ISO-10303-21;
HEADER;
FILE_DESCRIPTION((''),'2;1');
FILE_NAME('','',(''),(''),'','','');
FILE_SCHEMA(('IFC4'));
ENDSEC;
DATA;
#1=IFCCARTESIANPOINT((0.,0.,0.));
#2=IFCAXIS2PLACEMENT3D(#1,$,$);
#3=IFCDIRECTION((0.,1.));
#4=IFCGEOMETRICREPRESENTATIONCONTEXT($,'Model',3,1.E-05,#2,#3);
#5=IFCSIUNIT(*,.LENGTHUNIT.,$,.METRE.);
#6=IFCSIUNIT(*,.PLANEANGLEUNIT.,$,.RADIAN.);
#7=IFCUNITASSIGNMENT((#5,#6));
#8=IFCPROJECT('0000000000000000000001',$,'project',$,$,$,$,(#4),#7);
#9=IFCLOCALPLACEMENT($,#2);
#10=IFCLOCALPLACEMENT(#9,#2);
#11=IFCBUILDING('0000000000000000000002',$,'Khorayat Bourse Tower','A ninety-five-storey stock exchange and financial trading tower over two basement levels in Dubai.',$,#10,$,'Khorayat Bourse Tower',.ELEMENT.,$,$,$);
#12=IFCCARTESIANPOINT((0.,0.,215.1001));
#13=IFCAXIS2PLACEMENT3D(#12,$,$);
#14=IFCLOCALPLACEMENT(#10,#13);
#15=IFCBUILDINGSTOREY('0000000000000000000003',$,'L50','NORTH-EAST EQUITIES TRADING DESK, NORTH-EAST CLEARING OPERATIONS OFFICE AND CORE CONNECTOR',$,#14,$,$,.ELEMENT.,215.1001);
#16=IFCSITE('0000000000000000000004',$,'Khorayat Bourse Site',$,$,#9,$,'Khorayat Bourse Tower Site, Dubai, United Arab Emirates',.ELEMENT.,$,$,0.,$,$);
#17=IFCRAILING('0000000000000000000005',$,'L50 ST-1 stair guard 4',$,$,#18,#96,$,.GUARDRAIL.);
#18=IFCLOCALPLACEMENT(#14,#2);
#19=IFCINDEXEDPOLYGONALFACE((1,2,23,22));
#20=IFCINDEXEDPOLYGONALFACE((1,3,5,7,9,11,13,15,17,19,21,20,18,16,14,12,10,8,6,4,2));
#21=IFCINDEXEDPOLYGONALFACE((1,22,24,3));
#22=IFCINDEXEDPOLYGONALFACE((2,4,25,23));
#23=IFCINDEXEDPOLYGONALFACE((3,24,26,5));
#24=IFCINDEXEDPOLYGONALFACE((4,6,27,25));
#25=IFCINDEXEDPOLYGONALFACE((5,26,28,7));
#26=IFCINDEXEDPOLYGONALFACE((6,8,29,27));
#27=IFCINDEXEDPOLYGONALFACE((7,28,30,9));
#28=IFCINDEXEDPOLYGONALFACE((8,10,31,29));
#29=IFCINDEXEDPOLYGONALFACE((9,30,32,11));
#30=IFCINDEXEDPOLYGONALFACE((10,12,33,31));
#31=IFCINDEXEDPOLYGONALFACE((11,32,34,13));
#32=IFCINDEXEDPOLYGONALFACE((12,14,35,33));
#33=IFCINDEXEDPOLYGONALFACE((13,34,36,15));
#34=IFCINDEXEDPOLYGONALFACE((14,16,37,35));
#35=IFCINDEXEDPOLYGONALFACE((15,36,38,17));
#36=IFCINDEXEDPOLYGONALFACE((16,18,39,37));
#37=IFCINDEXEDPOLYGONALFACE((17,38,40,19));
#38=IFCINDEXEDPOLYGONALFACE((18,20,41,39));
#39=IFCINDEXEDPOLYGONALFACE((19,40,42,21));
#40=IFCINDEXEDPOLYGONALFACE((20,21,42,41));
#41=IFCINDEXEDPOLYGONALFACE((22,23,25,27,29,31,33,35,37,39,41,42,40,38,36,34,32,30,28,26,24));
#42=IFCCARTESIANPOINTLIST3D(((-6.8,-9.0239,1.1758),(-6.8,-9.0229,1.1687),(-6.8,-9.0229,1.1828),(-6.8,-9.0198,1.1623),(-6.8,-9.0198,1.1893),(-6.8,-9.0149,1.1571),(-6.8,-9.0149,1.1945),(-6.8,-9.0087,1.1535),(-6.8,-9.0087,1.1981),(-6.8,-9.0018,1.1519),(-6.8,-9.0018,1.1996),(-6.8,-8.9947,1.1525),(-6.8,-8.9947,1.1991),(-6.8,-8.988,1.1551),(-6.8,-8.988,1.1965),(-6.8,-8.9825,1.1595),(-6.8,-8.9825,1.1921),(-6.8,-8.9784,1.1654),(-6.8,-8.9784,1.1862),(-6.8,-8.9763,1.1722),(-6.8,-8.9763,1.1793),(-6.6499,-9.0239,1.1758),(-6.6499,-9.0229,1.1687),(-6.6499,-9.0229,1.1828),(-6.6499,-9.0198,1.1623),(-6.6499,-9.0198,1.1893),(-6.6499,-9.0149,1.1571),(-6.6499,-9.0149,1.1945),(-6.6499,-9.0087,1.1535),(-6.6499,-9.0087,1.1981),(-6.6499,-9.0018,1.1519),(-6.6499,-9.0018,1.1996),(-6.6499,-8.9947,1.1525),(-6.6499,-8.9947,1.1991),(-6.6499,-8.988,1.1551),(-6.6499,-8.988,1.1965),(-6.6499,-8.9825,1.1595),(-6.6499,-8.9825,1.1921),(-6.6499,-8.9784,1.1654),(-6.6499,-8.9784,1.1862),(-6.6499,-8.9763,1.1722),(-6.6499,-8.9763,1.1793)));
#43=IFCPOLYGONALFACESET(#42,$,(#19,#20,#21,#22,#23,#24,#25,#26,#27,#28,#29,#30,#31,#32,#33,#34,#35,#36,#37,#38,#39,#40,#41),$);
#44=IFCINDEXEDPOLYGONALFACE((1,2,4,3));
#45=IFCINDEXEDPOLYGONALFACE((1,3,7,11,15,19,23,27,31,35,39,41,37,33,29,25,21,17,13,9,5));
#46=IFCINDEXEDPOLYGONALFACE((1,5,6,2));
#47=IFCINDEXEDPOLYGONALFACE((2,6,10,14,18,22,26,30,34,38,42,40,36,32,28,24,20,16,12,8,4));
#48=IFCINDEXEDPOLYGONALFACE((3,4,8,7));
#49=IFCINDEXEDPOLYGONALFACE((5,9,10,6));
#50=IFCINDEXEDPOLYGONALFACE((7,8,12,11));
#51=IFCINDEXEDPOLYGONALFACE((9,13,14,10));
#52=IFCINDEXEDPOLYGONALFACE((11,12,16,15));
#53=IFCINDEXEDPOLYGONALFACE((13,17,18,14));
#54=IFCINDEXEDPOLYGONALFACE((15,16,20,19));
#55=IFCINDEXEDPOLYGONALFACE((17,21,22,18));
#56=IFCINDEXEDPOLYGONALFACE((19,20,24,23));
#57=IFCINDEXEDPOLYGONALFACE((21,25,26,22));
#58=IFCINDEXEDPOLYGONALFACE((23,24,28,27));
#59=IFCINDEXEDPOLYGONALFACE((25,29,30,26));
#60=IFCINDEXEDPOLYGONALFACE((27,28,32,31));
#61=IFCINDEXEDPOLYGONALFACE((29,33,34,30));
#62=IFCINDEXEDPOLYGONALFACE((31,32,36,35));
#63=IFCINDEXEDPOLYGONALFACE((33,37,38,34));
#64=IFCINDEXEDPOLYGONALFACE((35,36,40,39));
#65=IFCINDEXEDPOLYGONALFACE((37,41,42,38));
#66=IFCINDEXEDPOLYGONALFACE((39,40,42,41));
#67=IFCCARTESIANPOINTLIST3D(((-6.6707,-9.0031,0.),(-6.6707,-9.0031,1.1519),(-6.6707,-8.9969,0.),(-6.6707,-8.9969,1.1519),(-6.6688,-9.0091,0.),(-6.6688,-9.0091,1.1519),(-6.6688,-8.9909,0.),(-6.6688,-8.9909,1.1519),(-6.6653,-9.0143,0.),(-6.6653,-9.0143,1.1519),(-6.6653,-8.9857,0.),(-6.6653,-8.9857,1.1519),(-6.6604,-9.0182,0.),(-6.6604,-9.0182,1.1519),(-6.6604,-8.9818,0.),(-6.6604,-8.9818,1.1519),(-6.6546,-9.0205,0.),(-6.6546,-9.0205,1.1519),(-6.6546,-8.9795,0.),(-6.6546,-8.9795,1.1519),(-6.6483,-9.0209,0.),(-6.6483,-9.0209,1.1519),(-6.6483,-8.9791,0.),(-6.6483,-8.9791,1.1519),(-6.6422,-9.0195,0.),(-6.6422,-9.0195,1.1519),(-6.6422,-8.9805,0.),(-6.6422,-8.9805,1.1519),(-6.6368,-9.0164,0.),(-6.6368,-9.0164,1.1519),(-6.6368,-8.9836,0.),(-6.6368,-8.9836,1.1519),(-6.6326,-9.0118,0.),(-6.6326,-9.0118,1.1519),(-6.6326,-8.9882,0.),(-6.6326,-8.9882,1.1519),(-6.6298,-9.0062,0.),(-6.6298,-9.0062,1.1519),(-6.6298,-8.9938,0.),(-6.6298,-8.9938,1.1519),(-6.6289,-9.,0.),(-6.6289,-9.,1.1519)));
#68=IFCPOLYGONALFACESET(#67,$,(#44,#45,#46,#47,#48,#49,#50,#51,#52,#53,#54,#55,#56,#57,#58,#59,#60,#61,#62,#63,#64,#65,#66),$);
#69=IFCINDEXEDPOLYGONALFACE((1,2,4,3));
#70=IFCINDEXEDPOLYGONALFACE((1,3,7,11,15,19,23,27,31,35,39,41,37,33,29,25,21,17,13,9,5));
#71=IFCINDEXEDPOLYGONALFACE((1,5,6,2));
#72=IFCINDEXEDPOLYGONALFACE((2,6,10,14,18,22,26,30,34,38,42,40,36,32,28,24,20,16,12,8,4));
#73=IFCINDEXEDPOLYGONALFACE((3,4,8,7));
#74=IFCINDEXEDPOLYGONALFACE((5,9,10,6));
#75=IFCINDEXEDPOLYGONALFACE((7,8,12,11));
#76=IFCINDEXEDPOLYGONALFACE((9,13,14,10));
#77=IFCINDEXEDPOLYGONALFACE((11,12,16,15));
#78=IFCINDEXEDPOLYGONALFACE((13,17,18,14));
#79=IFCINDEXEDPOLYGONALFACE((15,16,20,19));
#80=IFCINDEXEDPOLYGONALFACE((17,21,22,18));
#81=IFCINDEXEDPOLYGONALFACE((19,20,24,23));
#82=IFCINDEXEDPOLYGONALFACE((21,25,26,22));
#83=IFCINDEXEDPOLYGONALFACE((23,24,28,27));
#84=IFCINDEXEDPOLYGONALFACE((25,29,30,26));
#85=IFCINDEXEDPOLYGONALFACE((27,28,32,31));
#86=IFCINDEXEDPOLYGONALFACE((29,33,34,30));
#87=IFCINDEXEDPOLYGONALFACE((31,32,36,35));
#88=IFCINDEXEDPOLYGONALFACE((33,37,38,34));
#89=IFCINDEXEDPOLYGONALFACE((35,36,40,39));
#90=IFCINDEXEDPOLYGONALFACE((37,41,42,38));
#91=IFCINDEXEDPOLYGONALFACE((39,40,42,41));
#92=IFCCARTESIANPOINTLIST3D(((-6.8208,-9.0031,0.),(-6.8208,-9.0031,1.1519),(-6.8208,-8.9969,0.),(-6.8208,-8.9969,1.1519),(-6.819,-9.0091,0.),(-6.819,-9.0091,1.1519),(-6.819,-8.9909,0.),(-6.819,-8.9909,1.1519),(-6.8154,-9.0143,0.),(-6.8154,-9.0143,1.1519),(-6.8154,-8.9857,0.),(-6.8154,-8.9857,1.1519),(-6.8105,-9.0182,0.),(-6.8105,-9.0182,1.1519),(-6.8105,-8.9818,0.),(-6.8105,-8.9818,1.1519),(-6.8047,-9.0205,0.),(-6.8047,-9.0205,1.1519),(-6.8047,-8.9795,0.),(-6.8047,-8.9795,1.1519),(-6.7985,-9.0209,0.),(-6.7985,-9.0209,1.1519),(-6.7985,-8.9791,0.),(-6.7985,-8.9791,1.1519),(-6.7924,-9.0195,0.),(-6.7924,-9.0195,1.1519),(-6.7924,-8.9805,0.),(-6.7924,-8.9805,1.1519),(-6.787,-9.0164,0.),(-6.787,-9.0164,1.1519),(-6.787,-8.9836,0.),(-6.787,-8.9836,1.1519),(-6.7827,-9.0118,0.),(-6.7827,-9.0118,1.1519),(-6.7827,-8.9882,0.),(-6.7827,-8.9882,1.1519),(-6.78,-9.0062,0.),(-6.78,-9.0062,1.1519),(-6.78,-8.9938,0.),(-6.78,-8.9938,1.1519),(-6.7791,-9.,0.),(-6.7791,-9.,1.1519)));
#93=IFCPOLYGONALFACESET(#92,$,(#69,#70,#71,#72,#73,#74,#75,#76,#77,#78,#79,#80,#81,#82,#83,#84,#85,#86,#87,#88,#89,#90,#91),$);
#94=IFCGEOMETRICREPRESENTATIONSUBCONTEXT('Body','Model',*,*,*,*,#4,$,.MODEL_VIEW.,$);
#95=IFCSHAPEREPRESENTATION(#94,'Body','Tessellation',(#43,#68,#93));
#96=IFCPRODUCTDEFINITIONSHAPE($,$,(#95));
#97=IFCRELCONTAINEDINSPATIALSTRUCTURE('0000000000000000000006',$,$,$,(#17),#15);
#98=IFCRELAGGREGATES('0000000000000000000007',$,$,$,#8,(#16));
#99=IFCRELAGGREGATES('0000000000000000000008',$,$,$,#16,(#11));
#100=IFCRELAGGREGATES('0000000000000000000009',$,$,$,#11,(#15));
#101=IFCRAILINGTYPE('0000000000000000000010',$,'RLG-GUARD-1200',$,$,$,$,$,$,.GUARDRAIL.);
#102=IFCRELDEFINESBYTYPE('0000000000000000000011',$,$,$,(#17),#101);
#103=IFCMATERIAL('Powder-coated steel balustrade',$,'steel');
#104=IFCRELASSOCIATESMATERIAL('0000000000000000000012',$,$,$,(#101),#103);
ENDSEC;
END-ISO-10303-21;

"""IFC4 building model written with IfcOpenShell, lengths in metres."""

from ifc_helpers import new_model, si_unit, direction, frame, origin, origin_2d, place, context, subcontext, project, spatial, circle, extrude, source, transform, mapped, material, type_object, element, save


model = new_model("IFC4")

# Units and contexts
model_context = context("Model", 3, precision=1e-05, world=origin(), true_north=direction((0.0, 1.0)))
body_context = subcontext(model_context, "Body", "Model", "MODEL_VIEW")
ifc_project = project(units=[si_unit("LENGTHUNIT", "METRE"), si_unit("PLANEANGLEUNIT", "RADIAN")], contexts=[model_context])

# Site, building, storey
site_placement = place(None, origin())
site = spatial("IfcSite", under=ifc_project, at=site_placement, Name="Khorayat Bourse Site", LongName="Khorayat Bourse Tower Site, Dubai, United Arab Emirates", CompositionType="ELEMENT", RefElevation=0.0)
building_placement = place(site_placement, origin())
building = spatial("IfcBuilding", under=site, at=building_placement, Name="Khorayat Bourse Tower", Description="A ninety-five-storey stock exchange and financial trading tower over two basement levels in Dubai.", LongName="Khorayat Bourse Tower", CompositionType="ELEMENT")
storey_placement = place(building_placement, frame((0.0, 0.0, 215.1001)))
storey = spatial("IfcBuildingStorey", under=building, at=storey_placement, Name="L50", Description="NORTH-EAST EQUITIES TRADING DESK, NORTH-EAST CLEARING OPERATIONS OFFICE AND CORE CONNECTOR", CompositionType="ELEMENT", Elevation=215.1001)

# Railing
ifc_material_1 = material(Name="Powder-coated steel balustrade", Category="steel")
railing_type_1 = type_object("IfcRailingType", Name="RLG-GUARD-1200", PredefinedType="GUARDRAIL", material=ifc_material_1)
shared_shape_1 = source(origin(), body_context, "Body", "SweptSolid", [
    extrude(circle(Radius=0.0239, at=origin_2d()), frame((0.0, 0.0, 1.1758), z_axis=(-1.0, 0.0, 0.0), x_axis=(0.0, -1.0, 0.0)), (0.0, 0.0, 1.0), 0.1501),
    extrude(circle(Radius=0.021, at=origin_2d()), origin(), (0.0, 0.0, 1.0), 1.1519),
    extrude(circle(Radius=0.021, at=origin_2d()), frame((-0.1501, 0.0, 0.0)), (0.0, 0.0, 1.0), 1.1519),
])
for number, where, name in (
    (1, (-6.6499, -9.0, 0.0), "L50 ST-1 stair guard 4"),
):
    element("IfcRailing", number, at=place(storey_placement, frame(where)), inside=storey, type_object=railing_type_1, Name=name, PredefinedType="GUARDRAIL", context=body_context, shape_type="MappedRepresentation", body=[
        mapped(shared_shape_1, transform((0.0, 0.0, 0.0), scale=1.0)),
    ])

save(model, "model.ifc")
